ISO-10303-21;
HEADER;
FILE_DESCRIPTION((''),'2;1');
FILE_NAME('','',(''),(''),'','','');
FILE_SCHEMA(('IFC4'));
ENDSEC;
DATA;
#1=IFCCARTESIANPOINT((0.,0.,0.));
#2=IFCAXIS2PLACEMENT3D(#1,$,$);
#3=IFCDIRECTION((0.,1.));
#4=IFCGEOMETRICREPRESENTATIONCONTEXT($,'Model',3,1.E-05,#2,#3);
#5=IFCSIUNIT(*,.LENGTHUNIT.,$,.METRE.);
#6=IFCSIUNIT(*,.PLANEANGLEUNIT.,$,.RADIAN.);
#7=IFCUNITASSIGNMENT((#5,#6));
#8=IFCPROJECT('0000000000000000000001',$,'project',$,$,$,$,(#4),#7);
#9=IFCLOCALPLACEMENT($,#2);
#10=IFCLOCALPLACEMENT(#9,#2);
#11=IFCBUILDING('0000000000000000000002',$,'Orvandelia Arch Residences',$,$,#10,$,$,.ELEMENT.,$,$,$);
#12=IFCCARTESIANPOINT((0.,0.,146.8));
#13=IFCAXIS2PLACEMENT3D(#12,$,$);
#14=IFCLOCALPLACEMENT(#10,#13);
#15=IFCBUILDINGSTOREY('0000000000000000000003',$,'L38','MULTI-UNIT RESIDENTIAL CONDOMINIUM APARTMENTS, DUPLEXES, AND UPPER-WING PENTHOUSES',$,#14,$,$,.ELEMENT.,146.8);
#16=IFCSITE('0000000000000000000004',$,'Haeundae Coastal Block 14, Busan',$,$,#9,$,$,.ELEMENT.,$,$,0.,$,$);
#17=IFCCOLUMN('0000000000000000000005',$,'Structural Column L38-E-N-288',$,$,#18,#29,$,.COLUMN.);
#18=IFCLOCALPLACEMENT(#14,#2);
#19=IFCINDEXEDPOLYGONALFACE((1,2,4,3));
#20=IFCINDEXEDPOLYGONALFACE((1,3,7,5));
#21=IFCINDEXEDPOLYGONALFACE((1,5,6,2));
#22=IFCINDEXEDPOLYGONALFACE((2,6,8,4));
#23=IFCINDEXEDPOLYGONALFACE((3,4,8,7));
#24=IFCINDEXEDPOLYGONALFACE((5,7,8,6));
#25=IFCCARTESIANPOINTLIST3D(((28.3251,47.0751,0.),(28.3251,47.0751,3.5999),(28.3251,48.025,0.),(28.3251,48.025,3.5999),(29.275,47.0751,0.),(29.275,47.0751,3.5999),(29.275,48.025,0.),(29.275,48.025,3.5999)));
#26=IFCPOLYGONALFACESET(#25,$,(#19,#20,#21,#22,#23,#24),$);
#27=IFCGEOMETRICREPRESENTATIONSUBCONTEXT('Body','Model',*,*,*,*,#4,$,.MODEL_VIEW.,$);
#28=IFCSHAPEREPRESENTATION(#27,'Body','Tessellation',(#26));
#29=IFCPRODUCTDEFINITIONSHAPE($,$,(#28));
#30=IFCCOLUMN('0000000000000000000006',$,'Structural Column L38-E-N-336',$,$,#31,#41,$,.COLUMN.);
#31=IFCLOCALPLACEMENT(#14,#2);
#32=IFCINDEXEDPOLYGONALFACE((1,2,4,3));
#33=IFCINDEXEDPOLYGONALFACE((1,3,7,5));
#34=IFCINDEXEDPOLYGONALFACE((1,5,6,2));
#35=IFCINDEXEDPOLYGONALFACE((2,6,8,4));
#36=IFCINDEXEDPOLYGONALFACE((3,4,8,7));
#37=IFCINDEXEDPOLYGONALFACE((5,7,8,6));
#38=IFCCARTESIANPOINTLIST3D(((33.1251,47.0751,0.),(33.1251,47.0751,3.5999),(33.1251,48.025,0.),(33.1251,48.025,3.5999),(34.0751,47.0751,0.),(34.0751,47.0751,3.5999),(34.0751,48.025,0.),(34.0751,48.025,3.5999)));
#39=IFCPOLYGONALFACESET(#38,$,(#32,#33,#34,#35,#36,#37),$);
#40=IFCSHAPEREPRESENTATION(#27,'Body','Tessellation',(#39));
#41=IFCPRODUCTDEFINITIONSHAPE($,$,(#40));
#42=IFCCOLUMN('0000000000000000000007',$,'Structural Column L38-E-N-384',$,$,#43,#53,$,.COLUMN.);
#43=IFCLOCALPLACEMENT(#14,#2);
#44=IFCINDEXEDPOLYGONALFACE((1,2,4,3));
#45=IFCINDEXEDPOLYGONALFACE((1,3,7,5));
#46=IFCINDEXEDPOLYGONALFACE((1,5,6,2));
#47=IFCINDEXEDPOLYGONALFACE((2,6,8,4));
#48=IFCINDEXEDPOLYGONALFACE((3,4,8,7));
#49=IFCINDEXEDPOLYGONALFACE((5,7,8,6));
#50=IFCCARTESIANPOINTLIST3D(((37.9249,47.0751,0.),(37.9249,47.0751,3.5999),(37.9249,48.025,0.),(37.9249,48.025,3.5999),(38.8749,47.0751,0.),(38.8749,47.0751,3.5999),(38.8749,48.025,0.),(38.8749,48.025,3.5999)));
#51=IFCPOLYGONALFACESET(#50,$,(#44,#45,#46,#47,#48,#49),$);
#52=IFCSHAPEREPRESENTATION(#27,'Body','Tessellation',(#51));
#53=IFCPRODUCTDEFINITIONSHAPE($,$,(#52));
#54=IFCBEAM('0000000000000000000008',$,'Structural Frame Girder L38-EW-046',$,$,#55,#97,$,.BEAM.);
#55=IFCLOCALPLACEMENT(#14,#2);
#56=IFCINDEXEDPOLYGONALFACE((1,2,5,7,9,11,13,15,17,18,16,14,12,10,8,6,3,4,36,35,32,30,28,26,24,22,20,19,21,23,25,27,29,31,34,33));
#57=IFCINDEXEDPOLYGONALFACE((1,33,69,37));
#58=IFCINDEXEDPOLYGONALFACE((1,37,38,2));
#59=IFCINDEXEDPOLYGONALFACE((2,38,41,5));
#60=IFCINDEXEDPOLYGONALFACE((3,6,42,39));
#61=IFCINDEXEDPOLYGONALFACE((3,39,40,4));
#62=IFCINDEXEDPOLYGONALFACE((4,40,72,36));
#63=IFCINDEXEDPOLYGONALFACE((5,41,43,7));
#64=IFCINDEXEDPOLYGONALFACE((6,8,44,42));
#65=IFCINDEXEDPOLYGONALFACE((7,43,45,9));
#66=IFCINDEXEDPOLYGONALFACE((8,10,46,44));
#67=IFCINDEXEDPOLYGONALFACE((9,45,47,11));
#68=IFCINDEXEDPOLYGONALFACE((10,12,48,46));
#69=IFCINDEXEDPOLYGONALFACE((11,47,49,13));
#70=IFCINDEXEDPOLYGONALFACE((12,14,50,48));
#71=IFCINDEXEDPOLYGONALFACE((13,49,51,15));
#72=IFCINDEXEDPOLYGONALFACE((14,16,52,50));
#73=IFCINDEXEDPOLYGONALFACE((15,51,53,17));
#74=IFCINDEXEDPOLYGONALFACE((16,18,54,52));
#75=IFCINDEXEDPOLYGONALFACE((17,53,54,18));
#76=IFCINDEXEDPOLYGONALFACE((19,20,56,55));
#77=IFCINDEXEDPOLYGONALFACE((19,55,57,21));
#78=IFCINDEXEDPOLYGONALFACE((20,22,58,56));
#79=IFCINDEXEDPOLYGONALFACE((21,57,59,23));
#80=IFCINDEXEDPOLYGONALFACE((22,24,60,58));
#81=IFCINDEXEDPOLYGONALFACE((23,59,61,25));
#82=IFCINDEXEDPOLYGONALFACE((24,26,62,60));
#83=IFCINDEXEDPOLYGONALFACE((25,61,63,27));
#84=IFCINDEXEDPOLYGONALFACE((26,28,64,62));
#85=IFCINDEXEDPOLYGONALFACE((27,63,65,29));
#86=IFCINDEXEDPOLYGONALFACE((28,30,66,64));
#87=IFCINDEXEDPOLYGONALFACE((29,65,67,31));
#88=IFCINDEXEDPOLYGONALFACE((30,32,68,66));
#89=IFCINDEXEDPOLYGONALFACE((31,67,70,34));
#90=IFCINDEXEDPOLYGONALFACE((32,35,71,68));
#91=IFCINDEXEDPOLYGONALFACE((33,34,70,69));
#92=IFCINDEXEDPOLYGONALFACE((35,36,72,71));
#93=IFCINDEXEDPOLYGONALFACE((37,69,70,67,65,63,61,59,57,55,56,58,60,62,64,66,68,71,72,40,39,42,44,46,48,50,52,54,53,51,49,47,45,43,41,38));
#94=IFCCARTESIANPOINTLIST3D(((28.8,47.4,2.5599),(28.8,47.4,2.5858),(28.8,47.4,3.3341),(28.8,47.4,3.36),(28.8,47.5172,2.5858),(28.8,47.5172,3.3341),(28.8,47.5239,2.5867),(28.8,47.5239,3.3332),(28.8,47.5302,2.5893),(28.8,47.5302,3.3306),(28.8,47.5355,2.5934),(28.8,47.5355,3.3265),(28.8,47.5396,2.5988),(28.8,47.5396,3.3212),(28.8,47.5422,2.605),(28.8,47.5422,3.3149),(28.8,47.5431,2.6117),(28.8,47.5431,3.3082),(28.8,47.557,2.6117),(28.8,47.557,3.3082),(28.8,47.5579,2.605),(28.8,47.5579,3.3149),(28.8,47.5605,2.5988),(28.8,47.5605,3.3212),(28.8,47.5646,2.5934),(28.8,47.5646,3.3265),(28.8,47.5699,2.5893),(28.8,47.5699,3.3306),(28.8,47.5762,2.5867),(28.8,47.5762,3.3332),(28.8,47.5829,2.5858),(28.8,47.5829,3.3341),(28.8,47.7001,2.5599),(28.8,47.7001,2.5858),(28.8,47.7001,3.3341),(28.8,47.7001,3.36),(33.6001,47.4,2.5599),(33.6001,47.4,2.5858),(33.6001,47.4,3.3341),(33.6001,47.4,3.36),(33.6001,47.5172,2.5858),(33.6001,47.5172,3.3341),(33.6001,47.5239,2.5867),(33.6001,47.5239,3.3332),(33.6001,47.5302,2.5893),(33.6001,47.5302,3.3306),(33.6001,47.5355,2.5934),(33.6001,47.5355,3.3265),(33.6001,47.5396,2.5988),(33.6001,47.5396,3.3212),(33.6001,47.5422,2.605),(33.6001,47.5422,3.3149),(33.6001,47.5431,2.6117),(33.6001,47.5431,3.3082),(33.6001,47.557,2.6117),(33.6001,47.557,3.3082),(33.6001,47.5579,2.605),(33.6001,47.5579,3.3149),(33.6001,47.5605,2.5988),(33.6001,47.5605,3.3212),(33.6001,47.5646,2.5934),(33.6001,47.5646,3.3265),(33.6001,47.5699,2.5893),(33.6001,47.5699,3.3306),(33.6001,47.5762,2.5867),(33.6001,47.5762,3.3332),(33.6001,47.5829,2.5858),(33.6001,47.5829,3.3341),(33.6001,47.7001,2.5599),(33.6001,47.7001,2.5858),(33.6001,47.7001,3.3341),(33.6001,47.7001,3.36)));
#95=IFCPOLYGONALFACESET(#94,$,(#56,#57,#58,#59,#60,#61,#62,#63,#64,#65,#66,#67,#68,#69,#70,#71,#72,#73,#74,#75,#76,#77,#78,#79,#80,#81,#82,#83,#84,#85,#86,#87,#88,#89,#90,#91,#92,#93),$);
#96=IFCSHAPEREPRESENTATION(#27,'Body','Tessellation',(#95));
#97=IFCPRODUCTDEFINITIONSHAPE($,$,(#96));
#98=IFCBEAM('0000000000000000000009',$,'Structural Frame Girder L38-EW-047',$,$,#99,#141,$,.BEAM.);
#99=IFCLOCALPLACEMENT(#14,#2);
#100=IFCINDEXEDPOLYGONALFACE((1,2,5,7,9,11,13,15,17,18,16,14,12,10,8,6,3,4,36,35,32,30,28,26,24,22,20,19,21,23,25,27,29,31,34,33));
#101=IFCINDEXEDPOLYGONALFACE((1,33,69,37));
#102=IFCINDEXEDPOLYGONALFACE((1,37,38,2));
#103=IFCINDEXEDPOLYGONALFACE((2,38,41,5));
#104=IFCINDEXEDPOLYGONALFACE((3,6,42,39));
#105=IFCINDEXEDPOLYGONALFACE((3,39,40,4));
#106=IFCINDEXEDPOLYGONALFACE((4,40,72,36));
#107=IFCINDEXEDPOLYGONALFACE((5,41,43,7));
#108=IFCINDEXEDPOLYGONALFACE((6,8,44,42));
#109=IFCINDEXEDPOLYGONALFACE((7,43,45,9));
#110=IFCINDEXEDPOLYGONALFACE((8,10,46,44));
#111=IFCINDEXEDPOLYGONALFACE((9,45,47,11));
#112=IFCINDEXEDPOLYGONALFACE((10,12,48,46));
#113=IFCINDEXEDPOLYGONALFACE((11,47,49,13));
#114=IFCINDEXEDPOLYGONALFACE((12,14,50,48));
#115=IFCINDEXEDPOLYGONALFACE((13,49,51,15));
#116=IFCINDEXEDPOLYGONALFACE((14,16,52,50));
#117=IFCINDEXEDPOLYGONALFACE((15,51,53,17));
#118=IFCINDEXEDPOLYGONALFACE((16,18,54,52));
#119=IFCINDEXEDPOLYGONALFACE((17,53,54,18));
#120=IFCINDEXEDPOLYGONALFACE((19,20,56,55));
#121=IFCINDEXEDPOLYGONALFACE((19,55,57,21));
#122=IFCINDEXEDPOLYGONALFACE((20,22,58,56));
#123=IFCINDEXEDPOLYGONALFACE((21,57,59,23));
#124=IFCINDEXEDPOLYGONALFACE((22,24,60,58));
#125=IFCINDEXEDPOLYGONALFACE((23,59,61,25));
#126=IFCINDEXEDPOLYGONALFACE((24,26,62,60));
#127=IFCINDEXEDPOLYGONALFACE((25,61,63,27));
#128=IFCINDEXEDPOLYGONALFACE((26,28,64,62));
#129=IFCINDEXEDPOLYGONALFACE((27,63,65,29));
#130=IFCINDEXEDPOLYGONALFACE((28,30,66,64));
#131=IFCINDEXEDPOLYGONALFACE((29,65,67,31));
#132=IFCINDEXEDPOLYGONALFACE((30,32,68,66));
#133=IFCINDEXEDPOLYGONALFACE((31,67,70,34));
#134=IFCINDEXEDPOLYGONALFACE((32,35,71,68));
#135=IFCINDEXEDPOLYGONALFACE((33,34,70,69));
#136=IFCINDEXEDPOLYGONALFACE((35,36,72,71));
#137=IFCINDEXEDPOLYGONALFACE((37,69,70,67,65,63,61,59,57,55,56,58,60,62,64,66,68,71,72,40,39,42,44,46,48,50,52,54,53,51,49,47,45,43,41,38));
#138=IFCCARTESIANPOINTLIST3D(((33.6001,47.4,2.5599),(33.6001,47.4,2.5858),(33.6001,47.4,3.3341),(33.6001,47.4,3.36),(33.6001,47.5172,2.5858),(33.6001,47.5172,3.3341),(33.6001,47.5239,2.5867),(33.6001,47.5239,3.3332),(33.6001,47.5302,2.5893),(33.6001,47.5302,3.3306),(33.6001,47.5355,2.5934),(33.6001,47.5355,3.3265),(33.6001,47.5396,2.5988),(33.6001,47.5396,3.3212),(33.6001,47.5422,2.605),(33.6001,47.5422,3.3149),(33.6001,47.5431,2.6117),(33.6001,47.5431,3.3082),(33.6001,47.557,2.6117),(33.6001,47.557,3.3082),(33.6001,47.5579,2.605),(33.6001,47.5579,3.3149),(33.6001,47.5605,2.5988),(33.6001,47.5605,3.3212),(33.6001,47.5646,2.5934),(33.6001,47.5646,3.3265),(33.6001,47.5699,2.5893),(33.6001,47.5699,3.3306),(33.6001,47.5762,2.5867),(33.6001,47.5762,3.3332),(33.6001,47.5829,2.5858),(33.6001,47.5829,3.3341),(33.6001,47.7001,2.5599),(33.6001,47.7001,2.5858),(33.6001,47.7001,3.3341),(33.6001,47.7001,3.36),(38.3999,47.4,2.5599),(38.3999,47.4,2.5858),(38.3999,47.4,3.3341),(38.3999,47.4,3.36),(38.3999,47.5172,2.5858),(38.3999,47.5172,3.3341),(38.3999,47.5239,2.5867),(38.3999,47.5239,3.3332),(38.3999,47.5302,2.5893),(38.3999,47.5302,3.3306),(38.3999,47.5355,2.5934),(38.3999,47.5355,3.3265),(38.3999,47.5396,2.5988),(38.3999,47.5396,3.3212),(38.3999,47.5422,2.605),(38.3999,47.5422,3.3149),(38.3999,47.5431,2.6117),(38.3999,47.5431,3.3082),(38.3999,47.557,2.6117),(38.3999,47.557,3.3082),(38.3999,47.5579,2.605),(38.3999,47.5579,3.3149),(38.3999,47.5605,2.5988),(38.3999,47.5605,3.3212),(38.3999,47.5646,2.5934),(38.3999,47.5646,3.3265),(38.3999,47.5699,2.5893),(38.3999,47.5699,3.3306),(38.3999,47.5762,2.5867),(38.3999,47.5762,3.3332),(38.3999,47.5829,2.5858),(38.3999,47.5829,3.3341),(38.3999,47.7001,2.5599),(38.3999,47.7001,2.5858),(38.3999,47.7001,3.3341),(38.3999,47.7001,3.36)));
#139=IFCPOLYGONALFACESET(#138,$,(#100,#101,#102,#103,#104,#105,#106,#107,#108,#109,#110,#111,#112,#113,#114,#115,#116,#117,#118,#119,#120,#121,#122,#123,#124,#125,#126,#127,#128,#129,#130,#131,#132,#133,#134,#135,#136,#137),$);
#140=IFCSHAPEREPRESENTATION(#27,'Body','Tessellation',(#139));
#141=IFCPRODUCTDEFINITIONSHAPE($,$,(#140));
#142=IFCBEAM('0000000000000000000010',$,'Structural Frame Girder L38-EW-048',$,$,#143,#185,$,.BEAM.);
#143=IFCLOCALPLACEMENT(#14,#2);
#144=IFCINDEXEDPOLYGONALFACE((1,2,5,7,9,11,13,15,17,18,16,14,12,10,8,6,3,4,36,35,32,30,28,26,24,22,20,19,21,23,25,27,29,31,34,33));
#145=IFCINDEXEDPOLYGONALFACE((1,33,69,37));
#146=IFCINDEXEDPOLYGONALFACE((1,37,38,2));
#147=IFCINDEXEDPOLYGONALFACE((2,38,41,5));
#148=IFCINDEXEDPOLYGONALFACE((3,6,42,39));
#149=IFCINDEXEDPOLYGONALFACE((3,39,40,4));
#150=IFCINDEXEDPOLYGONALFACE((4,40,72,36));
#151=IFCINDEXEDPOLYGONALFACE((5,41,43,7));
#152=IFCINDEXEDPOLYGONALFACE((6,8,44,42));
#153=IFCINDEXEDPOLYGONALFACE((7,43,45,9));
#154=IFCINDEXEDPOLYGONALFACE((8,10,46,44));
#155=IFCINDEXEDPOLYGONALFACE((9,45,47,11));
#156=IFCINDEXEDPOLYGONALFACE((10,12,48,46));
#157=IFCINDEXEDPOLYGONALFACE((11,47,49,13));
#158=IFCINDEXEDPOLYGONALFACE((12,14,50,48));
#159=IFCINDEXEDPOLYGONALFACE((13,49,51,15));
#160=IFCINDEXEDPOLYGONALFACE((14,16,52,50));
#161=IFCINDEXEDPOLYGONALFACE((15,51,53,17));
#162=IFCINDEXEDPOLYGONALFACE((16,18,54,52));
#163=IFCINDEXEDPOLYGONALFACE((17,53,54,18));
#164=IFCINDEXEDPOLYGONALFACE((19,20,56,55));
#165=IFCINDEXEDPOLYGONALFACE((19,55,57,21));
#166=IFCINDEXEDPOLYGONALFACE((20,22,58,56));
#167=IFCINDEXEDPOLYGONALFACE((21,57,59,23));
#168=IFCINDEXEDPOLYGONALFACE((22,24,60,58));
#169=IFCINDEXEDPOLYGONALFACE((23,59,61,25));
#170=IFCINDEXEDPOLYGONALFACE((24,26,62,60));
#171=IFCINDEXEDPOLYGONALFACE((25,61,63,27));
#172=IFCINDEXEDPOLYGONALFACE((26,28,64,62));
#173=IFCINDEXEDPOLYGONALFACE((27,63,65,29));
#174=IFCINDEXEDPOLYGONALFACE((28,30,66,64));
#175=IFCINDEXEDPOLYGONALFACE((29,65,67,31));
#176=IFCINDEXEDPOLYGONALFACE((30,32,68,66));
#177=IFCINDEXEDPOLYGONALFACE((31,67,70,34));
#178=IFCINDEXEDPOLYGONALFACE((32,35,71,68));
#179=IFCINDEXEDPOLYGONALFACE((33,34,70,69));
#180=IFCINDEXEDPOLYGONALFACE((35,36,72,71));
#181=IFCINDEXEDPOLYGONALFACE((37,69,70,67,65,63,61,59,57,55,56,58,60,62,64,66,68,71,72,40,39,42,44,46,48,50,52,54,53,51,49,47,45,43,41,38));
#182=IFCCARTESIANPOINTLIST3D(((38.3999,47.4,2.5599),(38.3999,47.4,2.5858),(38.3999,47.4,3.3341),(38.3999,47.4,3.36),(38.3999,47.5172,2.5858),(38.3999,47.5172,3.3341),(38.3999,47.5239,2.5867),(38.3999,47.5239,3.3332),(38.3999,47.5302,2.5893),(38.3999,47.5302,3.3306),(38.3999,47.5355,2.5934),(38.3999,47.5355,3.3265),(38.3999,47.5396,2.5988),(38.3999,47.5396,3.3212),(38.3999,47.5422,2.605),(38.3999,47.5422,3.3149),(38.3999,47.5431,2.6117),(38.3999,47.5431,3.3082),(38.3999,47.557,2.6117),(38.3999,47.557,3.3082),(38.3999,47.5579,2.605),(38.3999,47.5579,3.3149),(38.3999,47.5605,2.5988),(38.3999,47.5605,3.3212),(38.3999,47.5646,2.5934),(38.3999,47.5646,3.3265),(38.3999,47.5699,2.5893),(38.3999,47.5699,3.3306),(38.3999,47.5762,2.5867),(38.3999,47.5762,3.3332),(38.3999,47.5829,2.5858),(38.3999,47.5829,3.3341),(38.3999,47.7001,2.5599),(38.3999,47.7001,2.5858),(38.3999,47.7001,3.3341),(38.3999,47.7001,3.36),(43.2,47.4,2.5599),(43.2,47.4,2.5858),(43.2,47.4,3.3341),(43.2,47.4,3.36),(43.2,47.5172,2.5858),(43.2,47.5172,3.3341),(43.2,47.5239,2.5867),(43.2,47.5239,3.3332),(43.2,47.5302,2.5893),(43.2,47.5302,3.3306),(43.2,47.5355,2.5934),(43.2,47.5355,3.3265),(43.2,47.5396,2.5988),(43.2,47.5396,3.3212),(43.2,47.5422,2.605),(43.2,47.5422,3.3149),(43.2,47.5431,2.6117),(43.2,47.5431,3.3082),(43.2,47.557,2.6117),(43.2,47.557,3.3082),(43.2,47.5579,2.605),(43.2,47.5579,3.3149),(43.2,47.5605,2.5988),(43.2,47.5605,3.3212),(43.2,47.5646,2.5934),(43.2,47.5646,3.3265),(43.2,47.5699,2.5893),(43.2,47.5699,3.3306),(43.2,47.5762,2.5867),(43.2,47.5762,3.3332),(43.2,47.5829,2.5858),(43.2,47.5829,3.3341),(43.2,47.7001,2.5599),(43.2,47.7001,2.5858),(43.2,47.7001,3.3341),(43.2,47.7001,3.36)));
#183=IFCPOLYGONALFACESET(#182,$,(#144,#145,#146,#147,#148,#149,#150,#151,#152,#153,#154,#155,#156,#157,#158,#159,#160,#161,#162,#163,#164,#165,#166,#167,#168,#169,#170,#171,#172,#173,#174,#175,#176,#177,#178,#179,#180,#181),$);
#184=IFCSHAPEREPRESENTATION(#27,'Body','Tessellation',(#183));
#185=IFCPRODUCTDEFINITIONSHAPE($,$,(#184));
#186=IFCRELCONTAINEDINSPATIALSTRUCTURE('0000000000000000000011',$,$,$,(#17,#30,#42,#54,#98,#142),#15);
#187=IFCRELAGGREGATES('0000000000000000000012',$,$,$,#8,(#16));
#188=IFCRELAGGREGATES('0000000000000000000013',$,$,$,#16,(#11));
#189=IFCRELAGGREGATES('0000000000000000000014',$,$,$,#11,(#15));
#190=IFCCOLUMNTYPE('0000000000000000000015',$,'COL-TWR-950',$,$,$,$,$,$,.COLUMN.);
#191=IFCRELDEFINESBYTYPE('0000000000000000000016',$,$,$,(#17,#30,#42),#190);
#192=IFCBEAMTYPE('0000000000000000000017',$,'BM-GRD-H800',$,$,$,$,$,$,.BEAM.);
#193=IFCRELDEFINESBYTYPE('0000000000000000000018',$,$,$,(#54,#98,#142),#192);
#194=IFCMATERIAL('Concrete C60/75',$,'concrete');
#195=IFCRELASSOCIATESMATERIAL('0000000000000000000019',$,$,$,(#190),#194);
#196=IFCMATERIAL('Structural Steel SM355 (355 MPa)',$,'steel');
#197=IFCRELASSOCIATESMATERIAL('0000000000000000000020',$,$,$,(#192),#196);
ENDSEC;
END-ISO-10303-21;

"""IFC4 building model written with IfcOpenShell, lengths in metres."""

from ifc_helpers import new_model, si_unit, direction, frame, origin, origin_2d, place, context, subcontext, project, spatial, rectangle, i_section, extrude, material, material_profile, profile_set, type_object, element, save


model = new_model("IFC4")

# Units and contexts
model_context = context("Model", 3, precision=1e-05, world=origin(), true_north=direction((0.0, 1.0)))
body_context = subcontext(model_context, "Body", "Model", "MODEL_VIEW")
ifc_project = project(units=[si_unit("LENGTHUNIT", "METRE"), si_unit("PLANEANGLEUNIT", "RADIAN")], contexts=[model_context])

# Site, building, storey
site_placement = place(None, origin())
site = spatial("IfcSite", under=ifc_project, at=site_placement, Name="Haeundae Coastal Block 14, Busan", CompositionType="ELEMENT", RefElevation=0.0)
building_placement = place(site_placement, origin())
building = spatial("IfcBuilding", under=site, at=building_placement, Name="Orvandelia Arch Residences", CompositionType="ELEMENT")
storey_placement = place(building_placement, frame((0.0, 0.0, 146.8)))
storey = spatial("IfcBuildingStorey", under=building, at=storey_placement, Name="L38", Description="MULTI-UNIT RESIDENTIAL CONDOMINIUM APARTMENTS, DUPLEXES, AND UPPER-WING PENTHOUSES", CompositionType="ELEMENT", Elevation=146.8)

# Columns
ifc_material_1 = material(Name="Concrete C60/75", Category="concrete")
ifc_material_profile_1 = material_profile(ifc_material_1, rectangle(XDim=0.95, YDim=0.95, at=origin_2d()), Name="Concrete C60/75", Category="concrete")
ifc_profile_set_1 = profile_set([ifc_material_profile_1], Name="Concrete C60/75")
column_type = type_object("IfcColumnType", Name="COL-TWR-950", PredefinedType="COLUMN", material=ifc_profile_set_1)
for number, where, z_axis, x_axis, name in (
    (1, (28.8, 47.55, 0.0), (0.0, 0.0, 1.0), (1.0, 0.0, 0.0), "Structural Column L38-E-N-288"),
    (2, (33.6001, 47.55, 0.0), (0.0, 0.0, 1.0), (1.0, 0.0, 0.0), "Structural Column L38-E-N-336"),
    (3, (38.3999, 47.55, 0.0), (0.0, 0.0, 1.0), (1.0, 0.0, 0.0), "Structural Column L38-E-N-384"),
):
    element("IfcColumn", number, at=place(storey_placement, frame(where, z_axis=z_axis, x_axis=x_axis)), inside=storey, type_object=column_type, Name=name, PredefinedType="COLUMN", context=body_context, shape_type="SweptSolid", body=[
        extrude(rectangle(XDim=0.95, YDim=0.95, at=origin_2d()), origin(), (0.0, 0.0, 1.0), 3.5999),
    ])

# Beams
ifc_material_2 = material(Name="Structural Steel SM355 (355 MPa)", Category="steel")
ifc_material_profile_2 = material_profile(ifc_material_2, i_section(OverallWidth=0.3, OverallDepth=0.8, WebThickness=0.0139, FlangeThickness=0.0259, FilletRadius=0.0259, at=origin_2d()), Name="Structural Steel SM355 (355 MPa)", Category="steel")
ifc_profile_set_2 = profile_set([ifc_material_profile_2], Name="Structural Steel SM355 (355 MPa)")
beam_type = type_object("IfcBeamType", Name="BM-GRD-H800", PredefinedType="BEAM", material=ifc_profile_set_2)
beam_1_placement = place(storey_placement, frame((28.8, 47.55, 2.96), z_axis=(1.0, 0.0, 0.0), x_axis=(0.0, 1.0, 0.0)))
element("IfcBeam", 4, at=beam_1_placement, inside=storey, type_object=beam_type, Name="Structural Frame Girder L38-EW-046", PredefinedType="BEAM", context=body_context, shape_type="SweptSolid", body=[
    extrude(i_section(OverallWidth=0.3, OverallDepth=0.8, WebThickness=0.0139, FlangeThickness=0.0259, FilletRadius=0.0259, at=origin_2d()), origin(), (0.0, 0.0, 1.0), 4.8),
])
beam_2_placement = place(storey_placement, frame((33.6001, 47.55, 2.96), z_axis=(1.0, 0.0, 0.0), x_axis=(0.0, 1.0, 0.0)))
element("IfcBeam", 5, at=beam_2_placement, inside=storey, type_object=beam_type, Name="Structural Frame Girder L38-EW-047", PredefinedType="BEAM", context=body_context, shape_type="SweptSolid", body=[
    extrude(i_section(OverallWidth=0.3, OverallDepth=0.8, WebThickness=0.0139, FlangeThickness=0.0259, FilletRadius=0.0259, at=origin_2d()), origin(), (0.0, 0.0, 1.0), 4.7998),
])
beam_3_placement = place(storey_placement, frame((38.3999, 47.55, 2.96), z_axis=(1.0, 0.0, 0.0), x_axis=(0.0, 1.0, 0.0)))
element("IfcBeam", 6, at=beam_3_placement, inside=storey, type_object=beam_type, Name="Structural Frame Girder L38-EW-048", PredefinedType="BEAM", context=body_context, shape_type="SweptSolid", body=[
    extrude(i_section(OverallWidth=0.3, OverallDepth=0.8, WebThickness=0.0139, FlangeThickness=0.0259, FilletRadius=0.0259, at=origin_2d()), origin(), (0.0, 0.0, 1.0), 4.8),
])

save(model, "model.ifc")
